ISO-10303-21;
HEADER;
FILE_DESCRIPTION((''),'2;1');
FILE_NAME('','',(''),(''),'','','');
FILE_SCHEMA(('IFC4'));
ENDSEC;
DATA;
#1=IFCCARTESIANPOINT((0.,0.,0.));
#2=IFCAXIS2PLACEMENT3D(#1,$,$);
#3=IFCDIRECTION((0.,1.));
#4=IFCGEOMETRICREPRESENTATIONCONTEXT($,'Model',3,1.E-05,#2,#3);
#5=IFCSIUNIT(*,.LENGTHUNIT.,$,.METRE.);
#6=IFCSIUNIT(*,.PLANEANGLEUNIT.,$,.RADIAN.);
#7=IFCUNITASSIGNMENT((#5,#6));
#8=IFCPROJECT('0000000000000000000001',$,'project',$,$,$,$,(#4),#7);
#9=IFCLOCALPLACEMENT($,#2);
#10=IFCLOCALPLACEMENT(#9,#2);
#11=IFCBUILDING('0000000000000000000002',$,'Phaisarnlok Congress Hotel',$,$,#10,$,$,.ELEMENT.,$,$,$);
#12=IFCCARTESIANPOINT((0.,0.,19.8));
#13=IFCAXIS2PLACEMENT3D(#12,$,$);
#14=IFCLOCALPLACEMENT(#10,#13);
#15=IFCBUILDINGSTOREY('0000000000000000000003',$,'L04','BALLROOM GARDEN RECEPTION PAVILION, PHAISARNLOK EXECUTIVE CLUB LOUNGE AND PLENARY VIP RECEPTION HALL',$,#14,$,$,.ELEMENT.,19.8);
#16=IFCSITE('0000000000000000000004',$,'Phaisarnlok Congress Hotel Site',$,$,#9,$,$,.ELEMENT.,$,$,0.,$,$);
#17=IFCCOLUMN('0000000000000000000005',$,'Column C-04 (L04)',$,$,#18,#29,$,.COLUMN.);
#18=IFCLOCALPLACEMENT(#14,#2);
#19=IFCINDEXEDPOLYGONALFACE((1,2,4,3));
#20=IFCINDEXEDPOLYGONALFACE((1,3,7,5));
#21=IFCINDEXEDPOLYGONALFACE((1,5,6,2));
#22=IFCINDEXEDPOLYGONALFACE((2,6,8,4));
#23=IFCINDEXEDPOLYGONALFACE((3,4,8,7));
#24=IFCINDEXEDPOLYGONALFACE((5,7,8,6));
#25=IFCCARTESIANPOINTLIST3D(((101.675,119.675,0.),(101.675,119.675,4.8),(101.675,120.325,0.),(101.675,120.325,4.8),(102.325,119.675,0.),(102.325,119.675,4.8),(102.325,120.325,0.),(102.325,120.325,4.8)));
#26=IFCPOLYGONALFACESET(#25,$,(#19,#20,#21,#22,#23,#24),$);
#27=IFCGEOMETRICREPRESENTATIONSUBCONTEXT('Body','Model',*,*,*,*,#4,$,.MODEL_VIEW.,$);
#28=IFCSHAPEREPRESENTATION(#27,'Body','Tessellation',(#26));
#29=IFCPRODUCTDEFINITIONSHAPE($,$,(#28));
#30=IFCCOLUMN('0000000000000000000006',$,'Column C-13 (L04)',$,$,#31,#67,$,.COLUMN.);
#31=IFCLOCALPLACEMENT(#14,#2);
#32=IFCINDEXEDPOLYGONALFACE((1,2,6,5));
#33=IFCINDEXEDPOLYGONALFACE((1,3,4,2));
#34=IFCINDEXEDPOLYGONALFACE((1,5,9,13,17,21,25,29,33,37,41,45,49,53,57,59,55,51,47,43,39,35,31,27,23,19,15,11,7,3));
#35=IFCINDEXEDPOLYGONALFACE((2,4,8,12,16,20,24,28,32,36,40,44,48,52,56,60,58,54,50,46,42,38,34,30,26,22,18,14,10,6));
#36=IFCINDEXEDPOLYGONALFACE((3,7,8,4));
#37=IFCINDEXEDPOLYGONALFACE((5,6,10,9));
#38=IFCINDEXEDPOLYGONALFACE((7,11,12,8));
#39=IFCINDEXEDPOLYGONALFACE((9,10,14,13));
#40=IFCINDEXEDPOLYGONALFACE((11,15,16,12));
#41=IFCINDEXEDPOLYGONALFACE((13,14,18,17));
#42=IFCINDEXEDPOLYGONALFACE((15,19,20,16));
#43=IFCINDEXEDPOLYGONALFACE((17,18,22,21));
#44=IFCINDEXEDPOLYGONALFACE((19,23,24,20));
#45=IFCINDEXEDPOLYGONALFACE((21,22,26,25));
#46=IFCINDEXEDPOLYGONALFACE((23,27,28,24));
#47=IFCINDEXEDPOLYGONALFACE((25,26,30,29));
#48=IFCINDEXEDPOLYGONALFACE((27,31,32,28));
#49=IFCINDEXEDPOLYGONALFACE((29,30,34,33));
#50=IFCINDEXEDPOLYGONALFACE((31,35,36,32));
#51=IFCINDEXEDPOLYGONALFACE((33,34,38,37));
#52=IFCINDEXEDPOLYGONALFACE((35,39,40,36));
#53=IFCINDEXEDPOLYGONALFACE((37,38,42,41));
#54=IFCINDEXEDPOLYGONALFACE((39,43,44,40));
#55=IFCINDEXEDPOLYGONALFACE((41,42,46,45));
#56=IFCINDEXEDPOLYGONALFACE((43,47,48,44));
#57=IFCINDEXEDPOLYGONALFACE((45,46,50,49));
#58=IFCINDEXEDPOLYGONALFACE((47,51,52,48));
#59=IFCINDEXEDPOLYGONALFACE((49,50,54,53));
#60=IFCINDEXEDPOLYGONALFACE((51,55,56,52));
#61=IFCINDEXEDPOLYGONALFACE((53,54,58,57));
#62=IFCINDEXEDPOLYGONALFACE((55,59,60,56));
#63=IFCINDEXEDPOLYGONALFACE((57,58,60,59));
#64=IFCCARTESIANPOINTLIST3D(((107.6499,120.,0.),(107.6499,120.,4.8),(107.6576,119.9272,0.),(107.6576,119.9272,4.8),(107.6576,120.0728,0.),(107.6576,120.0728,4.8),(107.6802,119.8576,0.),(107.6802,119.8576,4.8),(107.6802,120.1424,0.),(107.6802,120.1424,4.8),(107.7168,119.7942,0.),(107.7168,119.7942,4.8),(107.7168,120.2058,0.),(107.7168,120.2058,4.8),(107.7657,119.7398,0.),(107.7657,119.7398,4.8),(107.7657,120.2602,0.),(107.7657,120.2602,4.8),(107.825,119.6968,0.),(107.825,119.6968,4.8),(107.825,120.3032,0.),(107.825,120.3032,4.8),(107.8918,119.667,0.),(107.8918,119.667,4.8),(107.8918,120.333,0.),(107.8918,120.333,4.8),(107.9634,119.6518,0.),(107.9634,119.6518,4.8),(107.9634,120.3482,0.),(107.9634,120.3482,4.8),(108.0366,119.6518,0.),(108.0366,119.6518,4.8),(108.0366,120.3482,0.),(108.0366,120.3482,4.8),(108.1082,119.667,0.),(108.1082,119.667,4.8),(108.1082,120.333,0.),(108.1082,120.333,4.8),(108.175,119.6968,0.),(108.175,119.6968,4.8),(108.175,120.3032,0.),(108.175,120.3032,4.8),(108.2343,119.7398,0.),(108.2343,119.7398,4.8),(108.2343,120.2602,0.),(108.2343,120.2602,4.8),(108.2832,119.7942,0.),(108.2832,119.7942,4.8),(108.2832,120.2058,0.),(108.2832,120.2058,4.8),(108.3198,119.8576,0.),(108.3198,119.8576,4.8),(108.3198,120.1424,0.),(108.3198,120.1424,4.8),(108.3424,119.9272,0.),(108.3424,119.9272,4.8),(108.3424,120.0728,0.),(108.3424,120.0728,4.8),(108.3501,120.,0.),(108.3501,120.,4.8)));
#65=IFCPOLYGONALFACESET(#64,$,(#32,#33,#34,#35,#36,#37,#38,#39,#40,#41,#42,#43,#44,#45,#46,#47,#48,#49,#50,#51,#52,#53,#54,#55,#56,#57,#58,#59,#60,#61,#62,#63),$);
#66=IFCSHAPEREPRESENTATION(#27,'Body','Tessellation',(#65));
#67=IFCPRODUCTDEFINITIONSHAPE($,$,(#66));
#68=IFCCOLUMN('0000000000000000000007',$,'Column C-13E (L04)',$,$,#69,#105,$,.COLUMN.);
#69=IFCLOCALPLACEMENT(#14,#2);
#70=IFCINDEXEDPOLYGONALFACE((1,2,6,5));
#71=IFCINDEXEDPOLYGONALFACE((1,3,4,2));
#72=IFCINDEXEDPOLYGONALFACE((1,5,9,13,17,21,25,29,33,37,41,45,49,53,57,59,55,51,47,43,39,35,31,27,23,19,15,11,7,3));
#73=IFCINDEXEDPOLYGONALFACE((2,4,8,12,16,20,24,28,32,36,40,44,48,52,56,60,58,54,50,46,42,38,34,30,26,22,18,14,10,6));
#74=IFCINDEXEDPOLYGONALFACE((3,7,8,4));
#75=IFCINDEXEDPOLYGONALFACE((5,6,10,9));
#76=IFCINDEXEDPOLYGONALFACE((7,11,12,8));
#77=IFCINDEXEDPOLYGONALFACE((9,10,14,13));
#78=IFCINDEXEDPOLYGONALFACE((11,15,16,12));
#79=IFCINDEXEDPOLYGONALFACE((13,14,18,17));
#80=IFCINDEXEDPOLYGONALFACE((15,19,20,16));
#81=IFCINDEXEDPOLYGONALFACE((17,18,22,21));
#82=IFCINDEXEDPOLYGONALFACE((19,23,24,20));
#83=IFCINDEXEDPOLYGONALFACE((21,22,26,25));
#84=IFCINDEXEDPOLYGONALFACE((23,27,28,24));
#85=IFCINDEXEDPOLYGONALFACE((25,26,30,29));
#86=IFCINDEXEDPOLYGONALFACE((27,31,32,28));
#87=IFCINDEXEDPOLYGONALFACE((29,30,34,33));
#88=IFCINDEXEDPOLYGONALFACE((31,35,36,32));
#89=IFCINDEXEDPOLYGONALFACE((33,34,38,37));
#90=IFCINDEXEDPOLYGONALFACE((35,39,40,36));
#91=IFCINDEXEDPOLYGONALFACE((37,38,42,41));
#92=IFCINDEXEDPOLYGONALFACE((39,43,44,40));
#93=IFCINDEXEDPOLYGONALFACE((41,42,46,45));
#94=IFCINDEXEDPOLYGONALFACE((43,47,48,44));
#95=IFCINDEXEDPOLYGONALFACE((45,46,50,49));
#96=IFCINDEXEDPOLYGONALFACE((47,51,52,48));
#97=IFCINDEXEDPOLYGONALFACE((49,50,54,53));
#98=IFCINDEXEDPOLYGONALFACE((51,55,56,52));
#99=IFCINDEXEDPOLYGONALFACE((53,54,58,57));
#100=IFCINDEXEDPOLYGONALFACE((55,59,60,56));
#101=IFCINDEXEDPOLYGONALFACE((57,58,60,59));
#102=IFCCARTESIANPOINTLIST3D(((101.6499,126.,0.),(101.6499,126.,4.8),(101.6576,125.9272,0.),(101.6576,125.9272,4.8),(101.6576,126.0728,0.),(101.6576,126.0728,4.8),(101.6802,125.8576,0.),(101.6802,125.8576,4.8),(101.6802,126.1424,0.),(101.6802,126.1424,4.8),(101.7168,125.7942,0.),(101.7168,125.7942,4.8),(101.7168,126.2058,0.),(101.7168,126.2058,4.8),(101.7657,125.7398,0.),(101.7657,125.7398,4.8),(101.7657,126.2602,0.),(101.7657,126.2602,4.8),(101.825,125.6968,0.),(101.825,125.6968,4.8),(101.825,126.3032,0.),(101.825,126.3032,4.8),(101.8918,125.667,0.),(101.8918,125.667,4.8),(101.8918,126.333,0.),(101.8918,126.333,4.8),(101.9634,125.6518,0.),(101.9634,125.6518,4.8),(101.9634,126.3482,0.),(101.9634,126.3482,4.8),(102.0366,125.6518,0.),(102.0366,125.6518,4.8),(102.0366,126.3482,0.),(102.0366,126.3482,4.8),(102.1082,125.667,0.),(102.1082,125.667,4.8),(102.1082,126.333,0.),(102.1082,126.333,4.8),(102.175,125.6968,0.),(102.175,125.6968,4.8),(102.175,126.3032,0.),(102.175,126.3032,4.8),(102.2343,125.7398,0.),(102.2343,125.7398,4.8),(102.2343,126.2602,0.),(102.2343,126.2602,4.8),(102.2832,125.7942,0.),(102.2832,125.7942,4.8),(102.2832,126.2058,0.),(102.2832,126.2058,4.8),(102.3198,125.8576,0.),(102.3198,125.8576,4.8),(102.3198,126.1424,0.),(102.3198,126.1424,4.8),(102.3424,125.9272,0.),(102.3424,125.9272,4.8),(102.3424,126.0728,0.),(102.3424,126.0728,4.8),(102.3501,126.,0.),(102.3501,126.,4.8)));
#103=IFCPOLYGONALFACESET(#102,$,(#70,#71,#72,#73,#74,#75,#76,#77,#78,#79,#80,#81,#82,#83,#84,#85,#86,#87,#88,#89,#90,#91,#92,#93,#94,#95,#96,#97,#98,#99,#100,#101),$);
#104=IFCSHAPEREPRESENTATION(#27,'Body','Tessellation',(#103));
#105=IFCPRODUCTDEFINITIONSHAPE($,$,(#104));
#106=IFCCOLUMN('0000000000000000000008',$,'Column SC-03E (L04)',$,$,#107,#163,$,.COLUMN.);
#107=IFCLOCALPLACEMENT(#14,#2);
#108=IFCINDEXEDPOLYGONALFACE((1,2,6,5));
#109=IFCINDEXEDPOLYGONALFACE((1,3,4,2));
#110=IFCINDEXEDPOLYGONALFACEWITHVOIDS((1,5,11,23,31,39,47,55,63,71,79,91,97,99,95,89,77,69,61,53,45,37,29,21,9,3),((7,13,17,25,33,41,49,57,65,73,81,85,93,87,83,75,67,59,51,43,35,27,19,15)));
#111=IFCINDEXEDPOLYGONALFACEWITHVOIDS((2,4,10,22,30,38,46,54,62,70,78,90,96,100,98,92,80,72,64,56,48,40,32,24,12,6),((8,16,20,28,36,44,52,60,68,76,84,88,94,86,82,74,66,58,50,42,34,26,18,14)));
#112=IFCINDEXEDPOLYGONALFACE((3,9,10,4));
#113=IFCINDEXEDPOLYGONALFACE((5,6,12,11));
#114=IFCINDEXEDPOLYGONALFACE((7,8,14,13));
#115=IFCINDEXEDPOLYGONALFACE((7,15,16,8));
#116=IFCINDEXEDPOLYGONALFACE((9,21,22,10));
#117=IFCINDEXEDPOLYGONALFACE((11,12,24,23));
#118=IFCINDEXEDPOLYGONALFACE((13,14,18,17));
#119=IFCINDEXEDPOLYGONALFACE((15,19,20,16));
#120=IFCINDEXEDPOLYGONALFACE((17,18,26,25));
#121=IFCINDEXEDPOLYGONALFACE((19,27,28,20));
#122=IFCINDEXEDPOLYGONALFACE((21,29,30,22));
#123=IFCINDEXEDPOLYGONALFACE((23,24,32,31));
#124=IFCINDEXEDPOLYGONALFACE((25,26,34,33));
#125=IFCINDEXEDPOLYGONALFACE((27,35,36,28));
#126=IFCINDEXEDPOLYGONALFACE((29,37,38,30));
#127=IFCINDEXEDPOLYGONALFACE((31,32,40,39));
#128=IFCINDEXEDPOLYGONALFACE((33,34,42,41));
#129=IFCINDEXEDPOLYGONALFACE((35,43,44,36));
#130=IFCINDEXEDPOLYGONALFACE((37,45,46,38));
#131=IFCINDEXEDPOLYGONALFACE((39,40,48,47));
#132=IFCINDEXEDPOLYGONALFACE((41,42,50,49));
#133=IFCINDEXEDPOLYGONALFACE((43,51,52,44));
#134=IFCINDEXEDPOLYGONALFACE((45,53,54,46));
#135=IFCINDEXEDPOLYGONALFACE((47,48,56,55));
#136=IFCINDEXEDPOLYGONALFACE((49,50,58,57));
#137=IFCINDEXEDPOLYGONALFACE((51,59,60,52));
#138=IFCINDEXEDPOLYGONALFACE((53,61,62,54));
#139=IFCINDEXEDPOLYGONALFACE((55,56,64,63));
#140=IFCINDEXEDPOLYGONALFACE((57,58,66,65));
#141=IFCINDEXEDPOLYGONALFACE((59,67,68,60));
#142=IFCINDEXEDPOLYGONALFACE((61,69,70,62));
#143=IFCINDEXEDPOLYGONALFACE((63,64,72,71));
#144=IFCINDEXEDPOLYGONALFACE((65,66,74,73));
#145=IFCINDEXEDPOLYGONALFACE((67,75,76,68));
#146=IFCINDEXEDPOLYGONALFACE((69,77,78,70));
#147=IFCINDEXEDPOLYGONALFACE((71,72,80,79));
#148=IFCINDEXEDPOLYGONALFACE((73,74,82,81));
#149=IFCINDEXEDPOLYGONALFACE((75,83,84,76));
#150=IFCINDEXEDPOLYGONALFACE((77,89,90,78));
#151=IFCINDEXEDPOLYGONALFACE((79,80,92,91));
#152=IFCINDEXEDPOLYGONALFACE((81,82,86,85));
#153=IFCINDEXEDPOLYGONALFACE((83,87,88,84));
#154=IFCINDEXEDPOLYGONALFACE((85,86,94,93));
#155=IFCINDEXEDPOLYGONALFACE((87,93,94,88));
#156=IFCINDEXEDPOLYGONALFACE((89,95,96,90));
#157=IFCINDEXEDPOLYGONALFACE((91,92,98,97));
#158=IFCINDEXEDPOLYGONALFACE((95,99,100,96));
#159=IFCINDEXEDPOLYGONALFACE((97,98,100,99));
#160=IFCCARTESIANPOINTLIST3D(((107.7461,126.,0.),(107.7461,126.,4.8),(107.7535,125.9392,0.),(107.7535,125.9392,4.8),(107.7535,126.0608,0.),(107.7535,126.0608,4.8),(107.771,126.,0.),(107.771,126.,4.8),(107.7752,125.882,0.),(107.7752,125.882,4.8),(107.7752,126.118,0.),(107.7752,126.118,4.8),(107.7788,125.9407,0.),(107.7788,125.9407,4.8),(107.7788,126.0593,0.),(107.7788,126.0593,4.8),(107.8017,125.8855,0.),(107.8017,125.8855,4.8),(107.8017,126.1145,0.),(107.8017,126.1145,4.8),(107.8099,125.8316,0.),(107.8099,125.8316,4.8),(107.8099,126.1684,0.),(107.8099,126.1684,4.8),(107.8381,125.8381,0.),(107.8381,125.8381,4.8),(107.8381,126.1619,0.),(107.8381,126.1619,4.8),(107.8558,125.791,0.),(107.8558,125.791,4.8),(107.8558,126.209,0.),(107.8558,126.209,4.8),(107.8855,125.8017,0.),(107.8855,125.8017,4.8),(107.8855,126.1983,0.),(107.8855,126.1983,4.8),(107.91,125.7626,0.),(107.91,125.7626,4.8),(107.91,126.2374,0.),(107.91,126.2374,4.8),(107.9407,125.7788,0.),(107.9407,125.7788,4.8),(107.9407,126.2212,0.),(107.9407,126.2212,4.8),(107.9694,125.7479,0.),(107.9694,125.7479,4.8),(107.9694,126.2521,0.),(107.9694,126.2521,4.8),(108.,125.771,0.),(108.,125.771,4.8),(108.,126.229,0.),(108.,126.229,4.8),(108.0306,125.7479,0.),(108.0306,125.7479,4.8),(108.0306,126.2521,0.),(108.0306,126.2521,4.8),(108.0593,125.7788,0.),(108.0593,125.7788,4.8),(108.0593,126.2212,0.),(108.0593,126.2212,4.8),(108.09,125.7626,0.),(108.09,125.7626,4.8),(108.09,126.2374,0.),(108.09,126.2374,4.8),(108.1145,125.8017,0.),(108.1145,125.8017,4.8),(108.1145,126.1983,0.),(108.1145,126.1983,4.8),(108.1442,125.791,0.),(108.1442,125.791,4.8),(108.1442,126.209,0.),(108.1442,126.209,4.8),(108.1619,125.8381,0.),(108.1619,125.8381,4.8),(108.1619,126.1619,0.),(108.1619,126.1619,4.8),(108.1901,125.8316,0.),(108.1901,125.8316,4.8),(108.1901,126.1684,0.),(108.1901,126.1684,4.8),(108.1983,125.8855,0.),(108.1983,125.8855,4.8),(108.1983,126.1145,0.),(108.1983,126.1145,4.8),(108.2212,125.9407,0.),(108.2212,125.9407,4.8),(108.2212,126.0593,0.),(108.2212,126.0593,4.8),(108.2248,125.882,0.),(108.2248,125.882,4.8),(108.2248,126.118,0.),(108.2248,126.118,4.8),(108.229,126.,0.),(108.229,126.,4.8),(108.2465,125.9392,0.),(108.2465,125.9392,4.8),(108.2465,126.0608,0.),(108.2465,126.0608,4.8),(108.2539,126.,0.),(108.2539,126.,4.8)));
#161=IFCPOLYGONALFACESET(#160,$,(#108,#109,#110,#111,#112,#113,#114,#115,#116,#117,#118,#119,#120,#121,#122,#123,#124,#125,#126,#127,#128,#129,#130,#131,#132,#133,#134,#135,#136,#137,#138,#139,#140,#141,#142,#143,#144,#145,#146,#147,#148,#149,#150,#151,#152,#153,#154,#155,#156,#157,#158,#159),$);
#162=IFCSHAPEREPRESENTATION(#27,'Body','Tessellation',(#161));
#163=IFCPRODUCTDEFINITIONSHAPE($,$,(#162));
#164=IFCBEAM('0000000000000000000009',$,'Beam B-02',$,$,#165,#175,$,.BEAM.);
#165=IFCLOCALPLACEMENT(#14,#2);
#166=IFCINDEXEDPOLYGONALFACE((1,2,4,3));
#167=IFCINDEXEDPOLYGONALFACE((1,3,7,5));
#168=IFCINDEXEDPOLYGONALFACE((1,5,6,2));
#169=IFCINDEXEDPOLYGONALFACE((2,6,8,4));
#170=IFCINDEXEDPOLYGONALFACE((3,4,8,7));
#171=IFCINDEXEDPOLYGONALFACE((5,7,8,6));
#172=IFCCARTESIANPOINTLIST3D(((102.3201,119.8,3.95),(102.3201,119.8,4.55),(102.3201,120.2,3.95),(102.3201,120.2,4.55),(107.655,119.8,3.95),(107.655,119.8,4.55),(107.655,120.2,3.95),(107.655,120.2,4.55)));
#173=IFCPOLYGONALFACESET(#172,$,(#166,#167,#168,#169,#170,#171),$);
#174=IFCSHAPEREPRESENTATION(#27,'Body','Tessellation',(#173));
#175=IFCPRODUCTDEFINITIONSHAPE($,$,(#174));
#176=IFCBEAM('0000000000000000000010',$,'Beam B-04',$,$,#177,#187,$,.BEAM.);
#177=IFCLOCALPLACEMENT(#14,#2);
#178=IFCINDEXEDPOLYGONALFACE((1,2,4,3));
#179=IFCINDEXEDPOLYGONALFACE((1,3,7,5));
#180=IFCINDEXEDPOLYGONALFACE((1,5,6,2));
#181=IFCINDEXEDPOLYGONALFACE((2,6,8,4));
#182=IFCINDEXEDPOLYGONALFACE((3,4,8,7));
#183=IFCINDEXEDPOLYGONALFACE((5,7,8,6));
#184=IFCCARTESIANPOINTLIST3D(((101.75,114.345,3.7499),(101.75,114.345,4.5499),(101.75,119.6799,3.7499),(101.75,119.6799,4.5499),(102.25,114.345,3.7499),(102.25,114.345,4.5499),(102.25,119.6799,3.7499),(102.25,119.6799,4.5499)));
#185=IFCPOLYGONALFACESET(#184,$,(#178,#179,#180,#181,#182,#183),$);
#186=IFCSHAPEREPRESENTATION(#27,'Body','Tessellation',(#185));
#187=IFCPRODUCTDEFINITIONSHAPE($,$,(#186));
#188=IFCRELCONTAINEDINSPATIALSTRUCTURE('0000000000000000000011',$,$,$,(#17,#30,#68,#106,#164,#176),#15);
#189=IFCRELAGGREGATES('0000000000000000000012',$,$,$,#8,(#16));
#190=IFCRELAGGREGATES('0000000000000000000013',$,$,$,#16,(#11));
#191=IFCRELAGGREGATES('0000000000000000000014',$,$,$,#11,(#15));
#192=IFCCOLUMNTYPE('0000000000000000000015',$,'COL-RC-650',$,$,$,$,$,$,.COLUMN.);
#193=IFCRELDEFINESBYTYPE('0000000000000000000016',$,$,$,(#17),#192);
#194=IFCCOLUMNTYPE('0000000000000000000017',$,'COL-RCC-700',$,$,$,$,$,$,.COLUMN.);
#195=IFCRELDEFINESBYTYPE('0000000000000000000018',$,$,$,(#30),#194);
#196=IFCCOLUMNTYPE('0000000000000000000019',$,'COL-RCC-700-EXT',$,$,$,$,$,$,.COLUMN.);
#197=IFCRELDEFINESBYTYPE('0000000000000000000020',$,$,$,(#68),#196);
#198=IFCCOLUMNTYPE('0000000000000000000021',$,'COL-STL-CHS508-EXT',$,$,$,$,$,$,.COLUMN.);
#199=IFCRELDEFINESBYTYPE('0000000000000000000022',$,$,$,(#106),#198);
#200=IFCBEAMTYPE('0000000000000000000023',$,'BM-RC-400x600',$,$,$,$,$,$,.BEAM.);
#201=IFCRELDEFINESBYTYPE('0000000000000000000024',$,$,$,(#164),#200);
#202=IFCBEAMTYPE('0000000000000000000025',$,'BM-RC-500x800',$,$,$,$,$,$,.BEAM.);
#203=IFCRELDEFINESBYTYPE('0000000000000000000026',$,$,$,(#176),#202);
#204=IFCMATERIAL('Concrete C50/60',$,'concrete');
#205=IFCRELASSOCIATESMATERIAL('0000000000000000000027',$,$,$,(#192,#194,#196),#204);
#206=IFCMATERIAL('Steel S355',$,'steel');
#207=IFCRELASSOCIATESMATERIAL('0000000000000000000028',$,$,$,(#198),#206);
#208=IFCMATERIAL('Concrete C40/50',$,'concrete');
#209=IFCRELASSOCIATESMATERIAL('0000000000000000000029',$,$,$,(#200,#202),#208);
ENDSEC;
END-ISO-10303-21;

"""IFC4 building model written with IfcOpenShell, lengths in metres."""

from ifc_helpers import new_model, si_unit, direction, frame, origin, origin_2d, place, context, subcontext, project, spatial, rectangle, circle, hollow_circle, extrude, material, material_profile, profile_set, type_object, element, save


model = new_model("IFC4")

# Units and contexts
model_context = context("Model", 3, precision=1e-05, world=origin(), true_north=direction((0.0, 1.0)))
body_context = subcontext(model_context, "Body", "Model", "MODEL_VIEW")
ifc_project = project(units=[si_unit("LENGTHUNIT", "METRE"), si_unit("PLANEANGLEUNIT", "RADIAN")], contexts=[model_context])

# Site, building, storey
site_placement = place(None, origin())
site = spatial("IfcSite", under=ifc_project, at=site_placement, Name="Phaisarnlok Congress Hotel Site", CompositionType="ELEMENT", RefElevation=0.0)
building_placement = place(site_placement, origin())
building = spatial("IfcBuilding", under=site, at=building_placement, Name="Phaisarnlok Congress Hotel", CompositionType="ELEMENT")
storey_placement = place(building_placement, frame((0.0, 0.0, 19.8)))
storey = spatial("IfcBuildingStorey", under=building, at=storey_placement, Name="L04", Description="BALLROOM GARDEN RECEPTION PAVILION, PHAISARNLOK EXECUTIVE CLUB LOUNGE AND PLENARY VIP RECEPTION HALL", CompositionType="ELEMENT", Elevation=19.8)

# Columns
ifc_material_1 = material(Name="Concrete C50/60", Category="concrete")
ifc_material_profile_1 = material_profile(ifc_material_1, rectangle(XDim=0.6499, YDim=0.6499, at=origin_2d()), Name="RC 650x650")
ifc_profile_set_1 = profile_set([ifc_material_profile_1], Name="Concrete C50/60")
column_type_1 = type_object("IfcColumnType", Name="COL-RC-650", PredefinedType="COLUMN", material=ifc_profile_set_1)
column_1_placement = place(storey_placement, frame((102.0, 120.0, 0.0), z_axis=(0.0, 0.0, 1.0), x_axis=(1.0, 0.0, 0.0)))
element("IfcColumn", 1, at=column_1_placement, inside=storey, type_object=column_type_1, Name="Column C-04 (L04)", PredefinedType="COLUMN", context=body_context, shape_type="SweptSolid", body=[
    extrude(rectangle(XDim=0.6499, YDim=0.6499, at=origin_2d()), origin(), (0.0, 0.0, 1.0), 4.8),
])
ifc_material_profile_2 = material_profile(ifc_material_1, circle(Radius=0.3501, at=origin_2d()), Name="RCC D700")
ifc_profile_set_2 = profile_set([ifc_material_profile_2], Name="Concrete C50/60")
column_type_2 = type_object("IfcColumnType", Name="COL-RCC-700", PredefinedType="COLUMN", material=ifc_profile_set_2)
column_2_placement = place(storey_placement, frame((108.0, 120.0, 0.0), z_axis=(0.0, 0.0, 1.0), x_axis=(1.0, 0.0, 0.0)))
element("IfcColumn", 2, at=column_2_placement, inside=storey, type_object=column_type_2, Name="Column C-13 (L04)", PredefinedType="COLUMN", context=body_context, shape_type="SweptSolid", body=[
    extrude(circle(Radius=0.3501, at=origin_2d()), origin(), (0.0, 0.0, 1.0), 4.8),
])
ifc_material_profile_3 = material_profile(ifc_material_1, circle(Radius=0.3501, at=origin_2d()), Name="RCC D700")
ifc_profile_set_3 = profile_set([ifc_material_profile_3], Name="Concrete C50/60")
column_type_3 = type_object("IfcColumnType", Name="COL-RCC-700-EXT", PredefinedType="COLUMN", material=ifc_profile_set_3)
column_3_placement = place(storey_placement, frame((102.0, 126.0, 0.0), z_axis=(0.0, 0.0, 1.0), x_axis=(1.0, 0.0, 0.0)))
element("IfcColumn", 3, at=column_3_placement, inside=storey, type_object=column_type_3, Name="Column C-13E (L04)", PredefinedType="COLUMN", context=body_context, shape_type="SweptSolid", body=[
    extrude(circle(Radius=0.3501, at=origin_2d()), origin(), (0.0, 0.0, 1.0), 4.8),
])
ifc_material_2 = material(Name="Steel S355", Category="steel")
ifc_material_profile_4 = material_profile(ifc_material_2, hollow_circle(Radius=0.2539, WallThickness=0.0249, at=origin_2d()), Name="CHS 508x25")
ifc_profile_set_4 = profile_set([ifc_material_profile_4], Name="Steel S355")
column_type_4 = type_object("IfcColumnType", Name="COL-STL-CHS508-EXT", PredefinedType="COLUMN", material=ifc_profile_set_4)
column_4_placement = place(storey_placement, frame((108.0, 126.0, 0.0), z_axis=(0.0, 0.0, 1.0), x_axis=(1.0, 0.0, 0.0)))
element("IfcColumn", 4, at=column_4_placement, inside=storey, type_object=column_type_4, Name="Column SC-03E (L04)", PredefinedType="COLUMN", context=body_context, shape_type="SweptSolid", body=[
    extrude(hollow_circle(Radius=0.2539, WallThickness=0.0249, at=origin_2d()), origin(), (0.0, 0.0, 1.0), 4.8),
])

# Beams
ifc_material_3 = material(Name="Concrete C40/50", Category="concrete")
ifc_material_profile_5 = material_profile(ifc_material_3, rectangle(XDim=0.3999, YDim=0.6001, at=origin_2d()), Name="RC 400x600")
ifc_profile_set_5 = profile_set([ifc_material_profile_5], Name="Concrete C40/50")
beam_type_1 = type_object("IfcBeamType", Name="BM-RC-400x600", PredefinedType="BEAM", material=ifc_profile_set_5)
beam_1_placement = place(storey_placement, frame((102.3201, 120.0, 4.25), z_axis=(1.0, 0.0, 0.0), x_axis=(0.0, 1.0, 0.0)))
element("IfcBeam", 5, at=beam_1_placement, inside=storey, type_object=beam_type_1, Name="Beam B-02", PredefinedType="BEAM", context=body_context, shape_type="SweptSolid", body=[
    extrude(rectangle(XDim=0.3999, YDim=0.6001, at=origin_2d()), origin(), (0.0, 0.0, 1.0), 5.335),
])
ifc_material_profile_6 = material_profile(ifc_material_3, rectangle(XDim=0.5, YDim=0.8, at=origin_2d()), Name="RC 500x800")
ifc_profile_set_6 = profile_set([ifc_material_profile_6], Name="Concrete C40/50")
beam_type_2 = type_object("IfcBeamType", Name="BM-RC-500x800", PredefinedType="BEAM", material=ifc_profile_set_6)
for number, where, z_axis, x_axis, name in (
    (6, (102.0, 114.345, 4.1499), (0.0, 1.0, 0.0), (-1.0, 0.0, 0.0), "Beam B-04"),
):
    element("IfcBeam", number, at=place(storey_placement, frame(where, z_axis=z_axis, x_axis=x_axis)), inside=storey, type_object=beam_type_2, Name=name, PredefinedType="BEAM", context=body_context, shape_type="SweptSolid", body=[
        extrude(rectangle(XDim=0.5, YDim=0.8, at=origin_2d()), origin(), (0.0, 0.0, 1.0), 5.335),
    ])

save(model, "model.ifc")
